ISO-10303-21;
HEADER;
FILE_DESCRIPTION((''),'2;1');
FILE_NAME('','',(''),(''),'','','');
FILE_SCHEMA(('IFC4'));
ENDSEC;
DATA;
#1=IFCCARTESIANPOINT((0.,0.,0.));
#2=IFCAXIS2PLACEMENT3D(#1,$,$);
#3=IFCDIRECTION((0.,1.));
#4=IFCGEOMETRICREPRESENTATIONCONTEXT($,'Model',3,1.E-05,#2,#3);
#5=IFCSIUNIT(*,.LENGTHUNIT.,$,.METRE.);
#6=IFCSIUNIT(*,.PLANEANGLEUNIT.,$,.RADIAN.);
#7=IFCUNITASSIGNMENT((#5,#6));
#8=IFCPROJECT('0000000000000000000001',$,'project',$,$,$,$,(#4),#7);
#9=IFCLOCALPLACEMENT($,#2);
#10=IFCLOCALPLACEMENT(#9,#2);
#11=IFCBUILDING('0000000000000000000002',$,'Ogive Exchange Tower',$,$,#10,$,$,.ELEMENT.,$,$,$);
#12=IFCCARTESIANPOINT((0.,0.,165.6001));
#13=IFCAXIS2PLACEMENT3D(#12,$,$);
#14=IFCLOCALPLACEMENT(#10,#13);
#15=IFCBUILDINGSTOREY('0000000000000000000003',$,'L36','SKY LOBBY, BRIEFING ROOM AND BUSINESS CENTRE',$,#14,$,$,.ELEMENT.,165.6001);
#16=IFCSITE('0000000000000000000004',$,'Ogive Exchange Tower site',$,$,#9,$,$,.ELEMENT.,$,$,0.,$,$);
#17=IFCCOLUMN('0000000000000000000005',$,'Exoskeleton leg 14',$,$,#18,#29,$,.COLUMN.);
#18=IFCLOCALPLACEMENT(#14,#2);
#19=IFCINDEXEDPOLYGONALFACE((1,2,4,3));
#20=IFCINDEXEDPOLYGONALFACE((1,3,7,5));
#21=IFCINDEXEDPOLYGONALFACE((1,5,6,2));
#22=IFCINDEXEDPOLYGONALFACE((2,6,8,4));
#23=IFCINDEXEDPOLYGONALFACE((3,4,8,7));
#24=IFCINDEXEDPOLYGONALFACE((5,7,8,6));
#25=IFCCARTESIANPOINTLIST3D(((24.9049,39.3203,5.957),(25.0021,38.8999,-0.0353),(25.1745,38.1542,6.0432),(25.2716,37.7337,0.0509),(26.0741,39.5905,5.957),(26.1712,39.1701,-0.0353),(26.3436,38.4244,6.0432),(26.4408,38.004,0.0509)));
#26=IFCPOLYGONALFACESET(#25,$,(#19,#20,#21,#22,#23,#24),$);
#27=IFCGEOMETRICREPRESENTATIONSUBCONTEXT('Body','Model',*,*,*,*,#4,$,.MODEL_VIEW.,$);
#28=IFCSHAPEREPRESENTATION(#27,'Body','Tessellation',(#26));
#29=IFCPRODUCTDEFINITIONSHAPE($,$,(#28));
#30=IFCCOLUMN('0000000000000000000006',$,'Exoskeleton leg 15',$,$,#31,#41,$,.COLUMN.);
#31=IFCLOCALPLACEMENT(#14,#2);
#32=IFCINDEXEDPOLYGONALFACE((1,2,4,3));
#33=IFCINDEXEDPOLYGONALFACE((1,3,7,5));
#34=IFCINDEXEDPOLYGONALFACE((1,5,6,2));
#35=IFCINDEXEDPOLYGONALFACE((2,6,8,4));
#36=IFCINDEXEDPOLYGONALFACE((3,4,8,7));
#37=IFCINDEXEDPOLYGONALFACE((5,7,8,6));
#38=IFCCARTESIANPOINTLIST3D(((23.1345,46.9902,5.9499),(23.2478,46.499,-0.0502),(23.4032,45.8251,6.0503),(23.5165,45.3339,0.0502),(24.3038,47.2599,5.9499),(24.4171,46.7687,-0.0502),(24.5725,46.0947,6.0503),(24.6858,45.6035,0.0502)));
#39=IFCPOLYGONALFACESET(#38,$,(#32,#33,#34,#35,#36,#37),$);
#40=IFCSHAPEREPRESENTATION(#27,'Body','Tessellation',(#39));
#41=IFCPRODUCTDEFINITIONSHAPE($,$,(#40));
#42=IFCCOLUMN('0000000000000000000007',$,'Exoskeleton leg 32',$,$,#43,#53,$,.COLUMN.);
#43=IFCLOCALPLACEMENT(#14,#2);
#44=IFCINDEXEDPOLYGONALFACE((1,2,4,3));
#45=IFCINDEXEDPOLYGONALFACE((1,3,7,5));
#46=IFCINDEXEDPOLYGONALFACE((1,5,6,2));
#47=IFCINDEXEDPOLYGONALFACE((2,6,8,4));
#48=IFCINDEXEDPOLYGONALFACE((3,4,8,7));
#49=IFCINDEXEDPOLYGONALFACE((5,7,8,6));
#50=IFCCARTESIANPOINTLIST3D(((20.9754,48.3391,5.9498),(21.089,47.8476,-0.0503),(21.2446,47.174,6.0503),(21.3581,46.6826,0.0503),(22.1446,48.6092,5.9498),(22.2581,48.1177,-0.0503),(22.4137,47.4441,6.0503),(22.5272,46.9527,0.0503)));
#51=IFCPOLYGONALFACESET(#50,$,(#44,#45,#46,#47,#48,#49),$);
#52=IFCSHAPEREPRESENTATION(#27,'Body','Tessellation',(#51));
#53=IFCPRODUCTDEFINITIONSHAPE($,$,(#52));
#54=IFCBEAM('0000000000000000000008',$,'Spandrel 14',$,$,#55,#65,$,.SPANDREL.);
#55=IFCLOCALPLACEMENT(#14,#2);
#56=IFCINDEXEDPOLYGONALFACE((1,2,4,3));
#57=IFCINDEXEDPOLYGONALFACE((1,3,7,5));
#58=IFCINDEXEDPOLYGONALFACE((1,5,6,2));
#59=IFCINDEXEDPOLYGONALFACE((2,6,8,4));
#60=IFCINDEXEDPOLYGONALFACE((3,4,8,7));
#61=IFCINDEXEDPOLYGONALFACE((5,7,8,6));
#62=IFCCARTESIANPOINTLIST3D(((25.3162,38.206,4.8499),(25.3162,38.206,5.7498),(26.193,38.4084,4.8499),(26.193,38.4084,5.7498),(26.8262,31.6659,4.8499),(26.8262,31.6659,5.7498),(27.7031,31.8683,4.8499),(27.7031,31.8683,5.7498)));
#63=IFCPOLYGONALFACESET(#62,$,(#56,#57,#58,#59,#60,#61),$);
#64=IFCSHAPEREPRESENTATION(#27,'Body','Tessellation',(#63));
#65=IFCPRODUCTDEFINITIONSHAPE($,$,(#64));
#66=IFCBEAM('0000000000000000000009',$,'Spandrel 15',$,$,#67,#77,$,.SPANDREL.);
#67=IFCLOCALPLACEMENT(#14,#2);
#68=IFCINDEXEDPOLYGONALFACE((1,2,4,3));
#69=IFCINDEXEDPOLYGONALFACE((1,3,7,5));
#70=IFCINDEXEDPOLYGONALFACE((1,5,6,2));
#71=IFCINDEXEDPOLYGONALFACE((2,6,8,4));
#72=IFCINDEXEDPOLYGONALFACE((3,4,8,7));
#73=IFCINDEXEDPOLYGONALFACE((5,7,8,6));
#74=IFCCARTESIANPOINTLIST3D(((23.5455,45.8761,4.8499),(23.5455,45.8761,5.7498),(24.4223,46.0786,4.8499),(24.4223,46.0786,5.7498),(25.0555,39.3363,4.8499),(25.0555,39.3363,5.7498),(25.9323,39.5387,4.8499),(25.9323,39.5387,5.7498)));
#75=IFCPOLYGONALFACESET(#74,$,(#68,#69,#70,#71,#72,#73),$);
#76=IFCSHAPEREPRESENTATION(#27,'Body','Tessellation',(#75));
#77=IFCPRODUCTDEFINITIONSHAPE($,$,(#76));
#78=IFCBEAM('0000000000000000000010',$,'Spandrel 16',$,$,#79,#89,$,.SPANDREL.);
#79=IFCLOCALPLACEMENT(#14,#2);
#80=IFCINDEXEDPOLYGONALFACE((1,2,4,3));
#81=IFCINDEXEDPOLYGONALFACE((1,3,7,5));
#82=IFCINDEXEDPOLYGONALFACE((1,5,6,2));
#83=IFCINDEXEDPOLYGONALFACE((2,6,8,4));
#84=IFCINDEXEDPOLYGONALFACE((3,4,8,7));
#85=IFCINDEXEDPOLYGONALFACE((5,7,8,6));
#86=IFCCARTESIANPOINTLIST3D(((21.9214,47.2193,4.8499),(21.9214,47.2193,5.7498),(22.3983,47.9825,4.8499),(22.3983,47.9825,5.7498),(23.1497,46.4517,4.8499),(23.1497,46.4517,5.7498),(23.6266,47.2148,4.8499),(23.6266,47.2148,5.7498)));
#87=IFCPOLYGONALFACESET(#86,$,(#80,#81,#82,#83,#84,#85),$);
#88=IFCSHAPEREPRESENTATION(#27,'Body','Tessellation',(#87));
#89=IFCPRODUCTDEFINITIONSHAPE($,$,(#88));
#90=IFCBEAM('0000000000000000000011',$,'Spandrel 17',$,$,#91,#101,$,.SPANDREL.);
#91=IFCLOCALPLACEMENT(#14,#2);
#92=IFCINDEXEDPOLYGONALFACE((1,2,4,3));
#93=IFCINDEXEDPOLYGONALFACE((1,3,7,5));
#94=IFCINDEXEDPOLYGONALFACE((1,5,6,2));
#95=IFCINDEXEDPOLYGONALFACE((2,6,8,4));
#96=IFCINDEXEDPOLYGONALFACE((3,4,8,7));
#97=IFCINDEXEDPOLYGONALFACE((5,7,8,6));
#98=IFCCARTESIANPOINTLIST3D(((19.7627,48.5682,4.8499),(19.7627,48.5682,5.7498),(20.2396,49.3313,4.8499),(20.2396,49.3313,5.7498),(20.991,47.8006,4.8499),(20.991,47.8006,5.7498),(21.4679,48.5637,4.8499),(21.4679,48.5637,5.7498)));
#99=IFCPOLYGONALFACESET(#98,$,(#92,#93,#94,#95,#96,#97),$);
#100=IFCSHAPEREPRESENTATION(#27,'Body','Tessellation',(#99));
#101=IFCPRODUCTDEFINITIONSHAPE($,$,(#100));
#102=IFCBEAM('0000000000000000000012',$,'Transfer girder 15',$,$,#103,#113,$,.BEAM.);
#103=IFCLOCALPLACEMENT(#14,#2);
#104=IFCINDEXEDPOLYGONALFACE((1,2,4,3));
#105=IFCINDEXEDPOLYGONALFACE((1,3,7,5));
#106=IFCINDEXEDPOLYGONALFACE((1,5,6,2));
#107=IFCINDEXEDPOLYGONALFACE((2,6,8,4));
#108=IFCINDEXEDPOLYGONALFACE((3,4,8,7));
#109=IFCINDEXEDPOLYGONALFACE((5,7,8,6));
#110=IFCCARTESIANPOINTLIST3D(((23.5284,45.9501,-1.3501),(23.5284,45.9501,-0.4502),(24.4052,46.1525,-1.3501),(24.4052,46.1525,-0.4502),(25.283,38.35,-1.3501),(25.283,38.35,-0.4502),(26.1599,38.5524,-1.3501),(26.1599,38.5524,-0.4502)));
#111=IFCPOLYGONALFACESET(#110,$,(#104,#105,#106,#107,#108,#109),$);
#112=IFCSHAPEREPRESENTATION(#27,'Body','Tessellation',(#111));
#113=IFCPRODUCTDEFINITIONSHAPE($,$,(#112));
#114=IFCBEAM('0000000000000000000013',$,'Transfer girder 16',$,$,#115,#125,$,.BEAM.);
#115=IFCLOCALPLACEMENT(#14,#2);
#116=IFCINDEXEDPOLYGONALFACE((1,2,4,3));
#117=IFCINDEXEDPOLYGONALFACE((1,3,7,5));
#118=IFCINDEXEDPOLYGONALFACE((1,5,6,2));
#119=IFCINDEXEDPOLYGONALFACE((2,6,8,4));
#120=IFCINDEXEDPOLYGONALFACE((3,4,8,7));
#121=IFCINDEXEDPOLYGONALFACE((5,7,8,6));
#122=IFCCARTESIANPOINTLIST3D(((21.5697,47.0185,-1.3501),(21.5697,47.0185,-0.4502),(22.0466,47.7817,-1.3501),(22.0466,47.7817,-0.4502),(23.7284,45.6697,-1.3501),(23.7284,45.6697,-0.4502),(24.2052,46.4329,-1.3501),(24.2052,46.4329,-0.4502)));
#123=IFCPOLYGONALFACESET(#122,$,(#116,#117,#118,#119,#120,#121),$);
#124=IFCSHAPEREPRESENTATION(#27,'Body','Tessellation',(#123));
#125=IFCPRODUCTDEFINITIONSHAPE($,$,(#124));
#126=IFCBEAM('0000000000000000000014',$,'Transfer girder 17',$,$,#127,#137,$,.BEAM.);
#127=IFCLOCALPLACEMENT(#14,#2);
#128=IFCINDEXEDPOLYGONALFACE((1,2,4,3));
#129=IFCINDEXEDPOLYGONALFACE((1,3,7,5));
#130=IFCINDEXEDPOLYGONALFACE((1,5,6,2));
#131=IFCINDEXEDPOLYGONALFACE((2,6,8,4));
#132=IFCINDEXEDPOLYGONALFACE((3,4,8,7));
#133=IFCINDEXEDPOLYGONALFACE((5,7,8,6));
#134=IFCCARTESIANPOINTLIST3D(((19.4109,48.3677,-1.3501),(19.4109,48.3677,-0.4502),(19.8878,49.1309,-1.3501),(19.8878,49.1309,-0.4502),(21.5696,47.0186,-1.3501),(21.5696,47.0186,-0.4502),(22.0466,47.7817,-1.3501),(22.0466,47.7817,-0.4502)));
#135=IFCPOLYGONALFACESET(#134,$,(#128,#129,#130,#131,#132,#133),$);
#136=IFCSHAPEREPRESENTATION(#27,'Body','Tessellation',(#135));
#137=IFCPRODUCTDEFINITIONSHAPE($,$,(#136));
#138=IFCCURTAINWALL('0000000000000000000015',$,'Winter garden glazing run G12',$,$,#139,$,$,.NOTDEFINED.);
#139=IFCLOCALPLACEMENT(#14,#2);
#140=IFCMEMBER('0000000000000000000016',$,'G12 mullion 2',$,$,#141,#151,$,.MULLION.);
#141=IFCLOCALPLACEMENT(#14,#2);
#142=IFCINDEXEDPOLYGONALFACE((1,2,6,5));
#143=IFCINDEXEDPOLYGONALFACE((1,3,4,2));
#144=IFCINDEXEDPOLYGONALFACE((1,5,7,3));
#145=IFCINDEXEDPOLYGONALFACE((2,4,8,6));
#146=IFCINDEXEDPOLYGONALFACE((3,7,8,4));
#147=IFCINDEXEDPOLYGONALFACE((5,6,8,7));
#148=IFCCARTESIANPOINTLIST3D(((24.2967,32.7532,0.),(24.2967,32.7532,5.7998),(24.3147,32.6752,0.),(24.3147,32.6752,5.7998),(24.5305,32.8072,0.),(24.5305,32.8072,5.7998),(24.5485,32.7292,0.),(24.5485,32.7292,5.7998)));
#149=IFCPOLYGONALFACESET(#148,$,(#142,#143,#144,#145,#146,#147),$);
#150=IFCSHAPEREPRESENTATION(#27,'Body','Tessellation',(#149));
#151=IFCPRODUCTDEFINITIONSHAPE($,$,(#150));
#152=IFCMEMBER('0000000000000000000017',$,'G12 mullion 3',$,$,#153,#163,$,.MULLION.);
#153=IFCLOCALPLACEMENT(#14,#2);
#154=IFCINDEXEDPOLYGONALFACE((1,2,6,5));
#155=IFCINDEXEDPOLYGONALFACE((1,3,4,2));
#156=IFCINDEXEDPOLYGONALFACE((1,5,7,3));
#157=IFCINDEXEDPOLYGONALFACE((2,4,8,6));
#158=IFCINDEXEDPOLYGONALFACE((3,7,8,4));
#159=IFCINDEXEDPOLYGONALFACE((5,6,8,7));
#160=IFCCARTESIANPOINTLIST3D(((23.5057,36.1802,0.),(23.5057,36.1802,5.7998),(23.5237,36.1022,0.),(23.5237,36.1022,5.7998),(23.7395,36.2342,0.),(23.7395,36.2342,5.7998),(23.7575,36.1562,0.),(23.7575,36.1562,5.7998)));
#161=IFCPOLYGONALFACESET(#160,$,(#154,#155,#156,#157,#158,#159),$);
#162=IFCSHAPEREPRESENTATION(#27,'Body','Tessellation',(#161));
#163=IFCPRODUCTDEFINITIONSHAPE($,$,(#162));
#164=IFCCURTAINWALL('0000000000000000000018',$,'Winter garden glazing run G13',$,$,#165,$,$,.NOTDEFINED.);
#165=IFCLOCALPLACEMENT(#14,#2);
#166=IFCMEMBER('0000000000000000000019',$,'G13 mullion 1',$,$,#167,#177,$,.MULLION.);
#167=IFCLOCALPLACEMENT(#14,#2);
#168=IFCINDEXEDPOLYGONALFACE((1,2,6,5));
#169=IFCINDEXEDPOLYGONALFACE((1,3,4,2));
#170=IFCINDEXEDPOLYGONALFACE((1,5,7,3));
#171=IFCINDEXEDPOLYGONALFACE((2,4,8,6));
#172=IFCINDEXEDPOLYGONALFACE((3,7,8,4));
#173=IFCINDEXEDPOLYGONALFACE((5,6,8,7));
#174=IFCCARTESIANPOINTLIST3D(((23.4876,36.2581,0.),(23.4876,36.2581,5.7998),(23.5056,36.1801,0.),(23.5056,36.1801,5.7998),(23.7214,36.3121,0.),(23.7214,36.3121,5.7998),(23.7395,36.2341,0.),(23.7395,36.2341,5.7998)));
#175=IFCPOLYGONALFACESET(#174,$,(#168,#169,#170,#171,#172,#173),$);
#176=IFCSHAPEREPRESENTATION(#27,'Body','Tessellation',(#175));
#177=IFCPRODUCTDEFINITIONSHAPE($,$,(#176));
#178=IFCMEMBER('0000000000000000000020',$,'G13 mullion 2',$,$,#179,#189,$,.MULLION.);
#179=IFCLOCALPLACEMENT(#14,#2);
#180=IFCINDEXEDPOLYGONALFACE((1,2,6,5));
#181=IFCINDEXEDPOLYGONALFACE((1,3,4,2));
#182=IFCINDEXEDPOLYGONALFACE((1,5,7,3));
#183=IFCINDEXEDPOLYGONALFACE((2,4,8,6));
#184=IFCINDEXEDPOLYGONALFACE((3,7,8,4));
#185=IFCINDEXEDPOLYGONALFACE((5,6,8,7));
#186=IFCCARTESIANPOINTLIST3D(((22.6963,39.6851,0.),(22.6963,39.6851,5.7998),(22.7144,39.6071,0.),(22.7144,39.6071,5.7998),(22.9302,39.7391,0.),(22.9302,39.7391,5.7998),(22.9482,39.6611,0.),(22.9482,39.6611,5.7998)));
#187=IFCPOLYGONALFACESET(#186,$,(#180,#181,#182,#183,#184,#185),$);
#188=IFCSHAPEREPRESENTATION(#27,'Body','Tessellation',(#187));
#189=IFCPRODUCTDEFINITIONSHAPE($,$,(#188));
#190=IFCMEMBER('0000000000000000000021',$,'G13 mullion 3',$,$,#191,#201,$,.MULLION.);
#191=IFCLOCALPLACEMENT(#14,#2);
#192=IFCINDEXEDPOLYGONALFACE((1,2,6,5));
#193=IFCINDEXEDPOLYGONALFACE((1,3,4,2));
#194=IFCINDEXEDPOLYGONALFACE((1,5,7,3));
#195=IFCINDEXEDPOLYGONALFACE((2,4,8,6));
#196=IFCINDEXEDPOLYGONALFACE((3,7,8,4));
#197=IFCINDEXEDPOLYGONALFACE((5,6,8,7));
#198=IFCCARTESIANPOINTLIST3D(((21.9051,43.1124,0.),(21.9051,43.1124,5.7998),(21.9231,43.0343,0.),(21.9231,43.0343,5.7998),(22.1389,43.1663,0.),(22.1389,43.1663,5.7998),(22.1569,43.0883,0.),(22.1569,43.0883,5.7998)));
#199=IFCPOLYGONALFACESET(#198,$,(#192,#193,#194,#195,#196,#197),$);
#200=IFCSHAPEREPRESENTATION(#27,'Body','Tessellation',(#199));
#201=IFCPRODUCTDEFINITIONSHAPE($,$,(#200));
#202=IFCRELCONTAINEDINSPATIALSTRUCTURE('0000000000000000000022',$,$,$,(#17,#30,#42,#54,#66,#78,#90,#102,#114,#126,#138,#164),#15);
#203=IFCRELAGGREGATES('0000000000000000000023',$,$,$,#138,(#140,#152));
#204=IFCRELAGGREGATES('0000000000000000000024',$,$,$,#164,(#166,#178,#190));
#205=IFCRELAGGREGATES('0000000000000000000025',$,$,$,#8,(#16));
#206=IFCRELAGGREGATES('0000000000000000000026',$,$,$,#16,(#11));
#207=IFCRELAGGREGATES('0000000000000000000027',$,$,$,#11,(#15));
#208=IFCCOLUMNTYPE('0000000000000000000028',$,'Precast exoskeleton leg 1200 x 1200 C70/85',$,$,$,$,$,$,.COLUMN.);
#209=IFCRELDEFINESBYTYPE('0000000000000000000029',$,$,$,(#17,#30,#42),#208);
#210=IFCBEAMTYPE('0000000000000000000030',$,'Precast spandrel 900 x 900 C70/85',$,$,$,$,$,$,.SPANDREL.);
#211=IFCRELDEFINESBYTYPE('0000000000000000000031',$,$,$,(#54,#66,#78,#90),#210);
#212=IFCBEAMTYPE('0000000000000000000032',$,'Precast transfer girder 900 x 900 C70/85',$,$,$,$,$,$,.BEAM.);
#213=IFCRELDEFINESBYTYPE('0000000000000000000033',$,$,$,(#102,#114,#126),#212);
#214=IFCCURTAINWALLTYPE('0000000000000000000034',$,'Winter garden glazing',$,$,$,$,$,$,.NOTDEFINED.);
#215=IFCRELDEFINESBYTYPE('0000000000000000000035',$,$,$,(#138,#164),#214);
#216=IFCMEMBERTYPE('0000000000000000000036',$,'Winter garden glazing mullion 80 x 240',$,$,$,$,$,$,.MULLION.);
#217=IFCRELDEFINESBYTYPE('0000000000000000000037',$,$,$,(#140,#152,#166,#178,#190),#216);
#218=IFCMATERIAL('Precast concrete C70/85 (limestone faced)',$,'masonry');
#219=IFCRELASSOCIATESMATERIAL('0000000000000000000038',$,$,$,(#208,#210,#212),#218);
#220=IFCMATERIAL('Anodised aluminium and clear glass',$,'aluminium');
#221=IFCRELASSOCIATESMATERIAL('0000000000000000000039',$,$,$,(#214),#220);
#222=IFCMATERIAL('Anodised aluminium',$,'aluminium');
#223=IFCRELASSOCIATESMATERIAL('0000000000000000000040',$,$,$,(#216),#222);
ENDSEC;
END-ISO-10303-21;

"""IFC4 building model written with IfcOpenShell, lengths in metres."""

from ifc_helpers import new_model, si_unit, direction, frame, origin, origin_2d, place, context, subcontext, project, spatial, rectangle, extrude, material, material_profile, profile_set, type_object, element, aggregate, save


model = new_model("IFC4")

# Units and contexts
model_context = context("Model", 3, precision=1e-05, world=origin(), true_north=direction((0.0, 1.0)))
body_context = subcontext(model_context, "Body", "Model", "MODEL_VIEW")
ifc_project = project(units=[si_unit("LENGTHUNIT", "METRE"), si_unit("PLANEANGLEUNIT", "RADIAN")], contexts=[model_context])

# Site, building, storey
site_placement = place(None, origin())
site = spatial("IfcSite", under=ifc_project, at=site_placement, Name="Ogive Exchange Tower site", CompositionType="ELEMENT", RefElevation=0.0)
building_placement = place(site_placement, origin())
building = spatial("IfcBuilding", under=site, at=building_placement, Name="Ogive Exchange Tower", CompositionType="ELEMENT")
storey_placement = place(building_placement, frame((0.0, 0.0, 165.6001)))
storey = spatial("IfcBuildingStorey", under=building, at=storey_placement, Name="L36", Description="SKY LOBBY, BRIEFING ROOM AND BUSINESS CENTRE", CompositionType="ELEMENT", Elevation=165.6001)

# Columns
ifc_material_1 = material(Name="Precast concrete C70/85 (limestone faced)", Category="masonry")
ifc_material_profile_1 = material_profile(ifc_material_1, rectangle(XDim=1.2, YDim=1.2, at=origin_2d()), Name="1200 x 1200")
ifc_profile_set_1 = profile_set([ifc_material_profile_1], Name="Precast concrete C70/85 (limestone faced)")
column_type = type_object("IfcColumnType", Name="Precast exoskeleton leg 1200 x 1200 C70/85", PredefinedType="COLUMN", material=ifc_profile_set_1)
column_placement = place(storey_placement, frame((25.7214, 38.4519, 0.0078), z_axis=(-0.016174, 0.069979, 0.997417), x_axis=(-0.974315, -0.22519, 0.0)))
element("IfcColumn", 1, at=column_placement, inside=storey, type_object=column_type, Name="Exoskeleton leg 14", PredefinedType="COLUMN", context=body_context, shape_type="SweptSolid", body=[
    extrude(rectangle(XDim=1.2, YDim=1.2, at=origin_2d()), origin(), (0.0, 0.0, 1.0), 6.0078),
])
for number, where, z_axis, x_axis, name in (
    (2, (23.9668, 46.0513, 0.0), (-0.018814, 0.081581, 0.996489), (-0.974424, -0.224718, 0.0), "Exoskeleton leg 15"),
    (3, (21.8081, 47.4001, 0.0), (-0.018854, 0.081621, 0.996485), (-0.974342, -0.225072, 0.0), "Exoskeleton leg 32"),
):
    element("IfcColumn", number, at=place(storey_placement, frame(where, z_axis=z_axis, x_axis=x_axis)), inside=storey, type_object=column_type, Name=name, PredefinedType="COLUMN", context=body_context, shape_type="SweptSolid", body=[
        extrude(rectangle(XDim=1.2, YDim=1.2, at=origin_2d()), origin(), (0.0, 0.0, 1.0), 6.0212),
    ])

# Beams
ifc_material_profile_2 = material_profile(ifc_material_1, rectangle(XDim=0.8999, YDim=0.8999, at=origin_2d()), Name="900 x 900")
ifc_profile_set_2 = profile_set([ifc_material_profile_2], Name="Precast concrete C70/85 (limestone faced)")
beam_type_1 = type_object("IfcBeamType", Name="Precast spandrel 900 x 900 C70/85", PredefinedType="SPANDREL", material=ifc_profile_set_2)
beam_1_placement = place(storey_placement, frame((27.2646, 31.7671, 5.2998), z_axis=(-0.224968, 0.974366, 0.0), x_axis=(-0.974366, -0.224968, 0.0)))
element("IfcBeam", 4, at=beam_1_placement, inside=storey, type_object=beam_type_1, Name="Spandrel 14", PredefinedType="SPANDREL", context=body_context, shape_type="SweptSolid", body=[
    extrude(rectangle(XDim=0.8999, YDim=0.8999, at=origin_2d()), origin(), (0.0, 0.0, 1.0), 6.7122),
])
beam_2_placement = place(storey_placement, frame((25.4939, 39.4375, 5.2998), z_axis=(-0.224976, 0.974364, 0.0), x_axis=(-0.974364, -0.224976, 0.0)))
element("IfcBeam", 5, at=beam_2_placement, inside=storey, type_object=beam_type_1, Name="Spandrel 15", PredefinedType="SPANDREL", context=body_context, shape_type="SweptSolid", body=[
    extrude(rectangle(XDim=0.8999, YDim=0.8999, at=origin_2d()), origin(), (0.0, 0.0, 1.0), 6.7119),
])
for number, where, z_axis, x_axis, name in (
    (6, (23.3882, 46.8333, 5.2998), (-0.848027, 0.529953, 0.0), (-0.529953, -0.848027, 0.0), "Spandrel 16"),
    (7, (21.2295, 48.1821, 5.2998), (-0.848027, 0.529953, 0.0), (-0.529953, -0.848027, 0.0), "Spandrel 17"),
):
    element("IfcBeam", number, at=place(storey_placement, frame(where, z_axis=z_axis, x_axis=x_axis)), inside=storey, type_object=beam_type_1, Name=name, PredefinedType="SPANDREL", context=body_context, shape_type="SweptSolid", body=[
        extrude(rectangle(XDim=0.8999, YDim=0.8999, at=origin_2d()), origin(), (0.0, 0.0, 1.0), 1.4485),
    ])
ifc_material_profile_3 = material_profile(ifc_material_1, rectangle(XDim=0.8999, YDim=0.8999, at=origin_2d()), Name="900 x 900")
ifc_profile_set_3 = profile_set([ifc_material_profile_3], Name="Precast concrete C70/85 (limestone faced)")
beam_type_2 = type_object("IfcBeamType", Name="Precast transfer girder 900 x 900 C70/85", PredefinedType="BEAM", material=ifc_profile_set_3)
beam_3_placement = place(storey_placement, frame((25.7214, 38.4512, -0.9001), z_axis=(-0.224953, 0.97437, 0.0), x_axis=(-0.97437, -0.224953, 0.0)))
element("IfcBeam", 8, at=beam_3_placement, inside=storey, type_object=beam_type_2, Name="Transfer girder 15", PredefinedType="BEAM", context=body_context, shape_type="SweptSolid", body=[
    extrude(rectangle(XDim=0.8999, YDim=0.8999, at=origin_2d()), origin(), (0.0, 0.0, 1.0), 7.8),
])
beam_4_placement = place(storey_placement, frame((23.9668, 46.0513, -0.9001), z_axis=(-0.848052, 0.529913, 0.0), x_axis=(-0.529913, -0.848052, 0.0)))
element("IfcBeam", 9, at=beam_4_placement, inside=storey, type_object=beam_type_2, Name="Transfer girder 16", PredefinedType="BEAM", context=body_context, shape_type="SweptSolid", body=[
    extrude(rectangle(XDim=0.8999, YDim=0.8999, at=origin_2d()), origin(), (0.0, 0.0, 1.0), 2.5454),
])
beam_5_placement = place(storey_placement, frame((21.8081, 47.4001, -0.9001), z_axis=(-0.848009, 0.529982, 0.0), x_axis=(-0.529982, -0.848009, 0.0)))
element("IfcBeam", 10, at=beam_5_placement, inside=storey, type_object=beam_type_2, Name="Transfer girder 17", PredefinedType="BEAM", context=body_context, shape_type="SweptSolid", body=[
    extrude(rectangle(XDim=0.8999, YDim=0.8999, at=origin_2d()), origin(), (0.0, 0.0, 1.0), 2.5457),
])

# Curtain walls, members
ifc_material_2 = material(Name="Anodised aluminium and clear glass", Category="aluminium")
curtain_wall_type = type_object("IfcCurtainWallType", Name="Winter garden glazing", PredefinedType="NOTDEFINED", material=ifc_material_2)
curtain_wall_1_placement = place(storey_placement, origin())
curtain_wall_1 = element("IfcCurtainWall", 11, at=curtain_wall_1_placement, inside=storey, type_object=curtain_wall_type, Name="Winter garden glazing run G12", PredefinedType="NOTDEFINED")
ifc_material_3 = material(Name="Anodised aluminium", Category="aluminium")
ifc_material_profile_4 = material_profile(ifc_material_3, rectangle(XDim=0.24, YDim=0.0801, at=origin_2d()), Name="AL 80x240")
ifc_profile_set_4 = profile_set([ifc_material_profile_4], Name="Anodised aluminium")
member_type_1 = type_object("IfcMemberType", Name="Winter garden glazing mullion 80 x 240", PredefinedType="MULLION", material=ifc_profile_set_4)
member_1_placement = place(storey_placement, frame((24.4226, 32.7412, 0.0), z_axis=(0.0, 0.0, 1.0), x_axis=(-0.974372, -0.224944, 0.0)))
member_1 = element("IfcMember", 12, at=member_1_placement, type_object=member_type_1, Name="G12 mullion 2", PredefinedType="MULLION", context=body_context, shape_type="SweptSolid", body=[
    extrude(rectangle(XDim=0.24, YDim=0.0801, at=origin_2d()), origin(), (0.0, 0.0, 1.0), 5.7998),
])
member_2_placement = place(storey_placement, frame((23.6316, 36.1682, 0.0), z_axis=(0.0, 0.0, 1.0), x_axis=(-0.974372, -0.224944, 0.0)))
member_2 = element("IfcMember", 13, at=member_2_placement, type_object=member_type_1, Name="G12 mullion 3", PredefinedType="MULLION", context=body_context, shape_type="SweptSolid", body=[
    extrude(rectangle(XDim=0.24, YDim=0.0801, at=origin_2d()), origin(), (0.0, 0.0, 1.0), 5.7998),
])
curtain_wall_2_placement = place(storey_placement, origin())
curtain_wall_2 = element("IfcCurtainWall", 14, at=curtain_wall_2_placement, inside=storey, type_object=curtain_wall_type, Name="Winter garden glazing run G13", PredefinedType="NOTDEFINED")
member_3_placement = place(storey_placement, frame((23.6135, 36.2461, 0.0), z_axis=(0.0, 0.0, 1.0), x_axis=(-0.974369, -0.224954, 0.0)))
member_3 = element("IfcMember", 15, at=member_3_placement, type_object=member_type_1, Name="G13 mullion 1", PredefinedType="MULLION", context=body_context, shape_type="SweptSolid", body=[
    extrude(rectangle(XDim=0.24, YDim=0.0801, at=origin_2d()), origin(), (0.0, 0.0, 1.0), 5.7998),
])
member_4_placement = place(storey_placement, frame((22.8223, 39.6731, 0.0), z_axis=(0.0, 0.0, 1.0), x_axis=(-0.974369, -0.224954, 0.0)))
member_4 = element("IfcMember", 16, at=member_4_placement, type_object=member_type_1, Name="G13 mullion 2", PredefinedType="MULLION", context=body_context, shape_type="SweptSolid", body=[
    extrude(rectangle(XDim=0.24, YDim=0.0801, at=origin_2d()), origin(), (0.0, 0.0, 1.0), 5.7998),
])
member_5_placement = place(storey_placement, frame((22.031, 43.1003, 0.0), z_axis=(0.0, 0.0, 1.0), x_axis=(-0.974369, -0.224954, 0.0)))
member_5 = element("IfcMember", 17, at=member_5_placement, type_object=member_type_1, Name="G13 mullion 3", PredefinedType="MULLION", context=body_context, shape_type="SweptSolid", body=[
    extrude(rectangle(XDim=0.24, YDim=0.0801, at=origin_2d()), origin(), (0.0, 0.0, 1.0), 5.7998),
])

aggregate(curtain_wall_1, [member_1, member_2])
aggregate(curtain_wall_2, [member_3, member_4, member_5])

save(model, "model.ifc")
